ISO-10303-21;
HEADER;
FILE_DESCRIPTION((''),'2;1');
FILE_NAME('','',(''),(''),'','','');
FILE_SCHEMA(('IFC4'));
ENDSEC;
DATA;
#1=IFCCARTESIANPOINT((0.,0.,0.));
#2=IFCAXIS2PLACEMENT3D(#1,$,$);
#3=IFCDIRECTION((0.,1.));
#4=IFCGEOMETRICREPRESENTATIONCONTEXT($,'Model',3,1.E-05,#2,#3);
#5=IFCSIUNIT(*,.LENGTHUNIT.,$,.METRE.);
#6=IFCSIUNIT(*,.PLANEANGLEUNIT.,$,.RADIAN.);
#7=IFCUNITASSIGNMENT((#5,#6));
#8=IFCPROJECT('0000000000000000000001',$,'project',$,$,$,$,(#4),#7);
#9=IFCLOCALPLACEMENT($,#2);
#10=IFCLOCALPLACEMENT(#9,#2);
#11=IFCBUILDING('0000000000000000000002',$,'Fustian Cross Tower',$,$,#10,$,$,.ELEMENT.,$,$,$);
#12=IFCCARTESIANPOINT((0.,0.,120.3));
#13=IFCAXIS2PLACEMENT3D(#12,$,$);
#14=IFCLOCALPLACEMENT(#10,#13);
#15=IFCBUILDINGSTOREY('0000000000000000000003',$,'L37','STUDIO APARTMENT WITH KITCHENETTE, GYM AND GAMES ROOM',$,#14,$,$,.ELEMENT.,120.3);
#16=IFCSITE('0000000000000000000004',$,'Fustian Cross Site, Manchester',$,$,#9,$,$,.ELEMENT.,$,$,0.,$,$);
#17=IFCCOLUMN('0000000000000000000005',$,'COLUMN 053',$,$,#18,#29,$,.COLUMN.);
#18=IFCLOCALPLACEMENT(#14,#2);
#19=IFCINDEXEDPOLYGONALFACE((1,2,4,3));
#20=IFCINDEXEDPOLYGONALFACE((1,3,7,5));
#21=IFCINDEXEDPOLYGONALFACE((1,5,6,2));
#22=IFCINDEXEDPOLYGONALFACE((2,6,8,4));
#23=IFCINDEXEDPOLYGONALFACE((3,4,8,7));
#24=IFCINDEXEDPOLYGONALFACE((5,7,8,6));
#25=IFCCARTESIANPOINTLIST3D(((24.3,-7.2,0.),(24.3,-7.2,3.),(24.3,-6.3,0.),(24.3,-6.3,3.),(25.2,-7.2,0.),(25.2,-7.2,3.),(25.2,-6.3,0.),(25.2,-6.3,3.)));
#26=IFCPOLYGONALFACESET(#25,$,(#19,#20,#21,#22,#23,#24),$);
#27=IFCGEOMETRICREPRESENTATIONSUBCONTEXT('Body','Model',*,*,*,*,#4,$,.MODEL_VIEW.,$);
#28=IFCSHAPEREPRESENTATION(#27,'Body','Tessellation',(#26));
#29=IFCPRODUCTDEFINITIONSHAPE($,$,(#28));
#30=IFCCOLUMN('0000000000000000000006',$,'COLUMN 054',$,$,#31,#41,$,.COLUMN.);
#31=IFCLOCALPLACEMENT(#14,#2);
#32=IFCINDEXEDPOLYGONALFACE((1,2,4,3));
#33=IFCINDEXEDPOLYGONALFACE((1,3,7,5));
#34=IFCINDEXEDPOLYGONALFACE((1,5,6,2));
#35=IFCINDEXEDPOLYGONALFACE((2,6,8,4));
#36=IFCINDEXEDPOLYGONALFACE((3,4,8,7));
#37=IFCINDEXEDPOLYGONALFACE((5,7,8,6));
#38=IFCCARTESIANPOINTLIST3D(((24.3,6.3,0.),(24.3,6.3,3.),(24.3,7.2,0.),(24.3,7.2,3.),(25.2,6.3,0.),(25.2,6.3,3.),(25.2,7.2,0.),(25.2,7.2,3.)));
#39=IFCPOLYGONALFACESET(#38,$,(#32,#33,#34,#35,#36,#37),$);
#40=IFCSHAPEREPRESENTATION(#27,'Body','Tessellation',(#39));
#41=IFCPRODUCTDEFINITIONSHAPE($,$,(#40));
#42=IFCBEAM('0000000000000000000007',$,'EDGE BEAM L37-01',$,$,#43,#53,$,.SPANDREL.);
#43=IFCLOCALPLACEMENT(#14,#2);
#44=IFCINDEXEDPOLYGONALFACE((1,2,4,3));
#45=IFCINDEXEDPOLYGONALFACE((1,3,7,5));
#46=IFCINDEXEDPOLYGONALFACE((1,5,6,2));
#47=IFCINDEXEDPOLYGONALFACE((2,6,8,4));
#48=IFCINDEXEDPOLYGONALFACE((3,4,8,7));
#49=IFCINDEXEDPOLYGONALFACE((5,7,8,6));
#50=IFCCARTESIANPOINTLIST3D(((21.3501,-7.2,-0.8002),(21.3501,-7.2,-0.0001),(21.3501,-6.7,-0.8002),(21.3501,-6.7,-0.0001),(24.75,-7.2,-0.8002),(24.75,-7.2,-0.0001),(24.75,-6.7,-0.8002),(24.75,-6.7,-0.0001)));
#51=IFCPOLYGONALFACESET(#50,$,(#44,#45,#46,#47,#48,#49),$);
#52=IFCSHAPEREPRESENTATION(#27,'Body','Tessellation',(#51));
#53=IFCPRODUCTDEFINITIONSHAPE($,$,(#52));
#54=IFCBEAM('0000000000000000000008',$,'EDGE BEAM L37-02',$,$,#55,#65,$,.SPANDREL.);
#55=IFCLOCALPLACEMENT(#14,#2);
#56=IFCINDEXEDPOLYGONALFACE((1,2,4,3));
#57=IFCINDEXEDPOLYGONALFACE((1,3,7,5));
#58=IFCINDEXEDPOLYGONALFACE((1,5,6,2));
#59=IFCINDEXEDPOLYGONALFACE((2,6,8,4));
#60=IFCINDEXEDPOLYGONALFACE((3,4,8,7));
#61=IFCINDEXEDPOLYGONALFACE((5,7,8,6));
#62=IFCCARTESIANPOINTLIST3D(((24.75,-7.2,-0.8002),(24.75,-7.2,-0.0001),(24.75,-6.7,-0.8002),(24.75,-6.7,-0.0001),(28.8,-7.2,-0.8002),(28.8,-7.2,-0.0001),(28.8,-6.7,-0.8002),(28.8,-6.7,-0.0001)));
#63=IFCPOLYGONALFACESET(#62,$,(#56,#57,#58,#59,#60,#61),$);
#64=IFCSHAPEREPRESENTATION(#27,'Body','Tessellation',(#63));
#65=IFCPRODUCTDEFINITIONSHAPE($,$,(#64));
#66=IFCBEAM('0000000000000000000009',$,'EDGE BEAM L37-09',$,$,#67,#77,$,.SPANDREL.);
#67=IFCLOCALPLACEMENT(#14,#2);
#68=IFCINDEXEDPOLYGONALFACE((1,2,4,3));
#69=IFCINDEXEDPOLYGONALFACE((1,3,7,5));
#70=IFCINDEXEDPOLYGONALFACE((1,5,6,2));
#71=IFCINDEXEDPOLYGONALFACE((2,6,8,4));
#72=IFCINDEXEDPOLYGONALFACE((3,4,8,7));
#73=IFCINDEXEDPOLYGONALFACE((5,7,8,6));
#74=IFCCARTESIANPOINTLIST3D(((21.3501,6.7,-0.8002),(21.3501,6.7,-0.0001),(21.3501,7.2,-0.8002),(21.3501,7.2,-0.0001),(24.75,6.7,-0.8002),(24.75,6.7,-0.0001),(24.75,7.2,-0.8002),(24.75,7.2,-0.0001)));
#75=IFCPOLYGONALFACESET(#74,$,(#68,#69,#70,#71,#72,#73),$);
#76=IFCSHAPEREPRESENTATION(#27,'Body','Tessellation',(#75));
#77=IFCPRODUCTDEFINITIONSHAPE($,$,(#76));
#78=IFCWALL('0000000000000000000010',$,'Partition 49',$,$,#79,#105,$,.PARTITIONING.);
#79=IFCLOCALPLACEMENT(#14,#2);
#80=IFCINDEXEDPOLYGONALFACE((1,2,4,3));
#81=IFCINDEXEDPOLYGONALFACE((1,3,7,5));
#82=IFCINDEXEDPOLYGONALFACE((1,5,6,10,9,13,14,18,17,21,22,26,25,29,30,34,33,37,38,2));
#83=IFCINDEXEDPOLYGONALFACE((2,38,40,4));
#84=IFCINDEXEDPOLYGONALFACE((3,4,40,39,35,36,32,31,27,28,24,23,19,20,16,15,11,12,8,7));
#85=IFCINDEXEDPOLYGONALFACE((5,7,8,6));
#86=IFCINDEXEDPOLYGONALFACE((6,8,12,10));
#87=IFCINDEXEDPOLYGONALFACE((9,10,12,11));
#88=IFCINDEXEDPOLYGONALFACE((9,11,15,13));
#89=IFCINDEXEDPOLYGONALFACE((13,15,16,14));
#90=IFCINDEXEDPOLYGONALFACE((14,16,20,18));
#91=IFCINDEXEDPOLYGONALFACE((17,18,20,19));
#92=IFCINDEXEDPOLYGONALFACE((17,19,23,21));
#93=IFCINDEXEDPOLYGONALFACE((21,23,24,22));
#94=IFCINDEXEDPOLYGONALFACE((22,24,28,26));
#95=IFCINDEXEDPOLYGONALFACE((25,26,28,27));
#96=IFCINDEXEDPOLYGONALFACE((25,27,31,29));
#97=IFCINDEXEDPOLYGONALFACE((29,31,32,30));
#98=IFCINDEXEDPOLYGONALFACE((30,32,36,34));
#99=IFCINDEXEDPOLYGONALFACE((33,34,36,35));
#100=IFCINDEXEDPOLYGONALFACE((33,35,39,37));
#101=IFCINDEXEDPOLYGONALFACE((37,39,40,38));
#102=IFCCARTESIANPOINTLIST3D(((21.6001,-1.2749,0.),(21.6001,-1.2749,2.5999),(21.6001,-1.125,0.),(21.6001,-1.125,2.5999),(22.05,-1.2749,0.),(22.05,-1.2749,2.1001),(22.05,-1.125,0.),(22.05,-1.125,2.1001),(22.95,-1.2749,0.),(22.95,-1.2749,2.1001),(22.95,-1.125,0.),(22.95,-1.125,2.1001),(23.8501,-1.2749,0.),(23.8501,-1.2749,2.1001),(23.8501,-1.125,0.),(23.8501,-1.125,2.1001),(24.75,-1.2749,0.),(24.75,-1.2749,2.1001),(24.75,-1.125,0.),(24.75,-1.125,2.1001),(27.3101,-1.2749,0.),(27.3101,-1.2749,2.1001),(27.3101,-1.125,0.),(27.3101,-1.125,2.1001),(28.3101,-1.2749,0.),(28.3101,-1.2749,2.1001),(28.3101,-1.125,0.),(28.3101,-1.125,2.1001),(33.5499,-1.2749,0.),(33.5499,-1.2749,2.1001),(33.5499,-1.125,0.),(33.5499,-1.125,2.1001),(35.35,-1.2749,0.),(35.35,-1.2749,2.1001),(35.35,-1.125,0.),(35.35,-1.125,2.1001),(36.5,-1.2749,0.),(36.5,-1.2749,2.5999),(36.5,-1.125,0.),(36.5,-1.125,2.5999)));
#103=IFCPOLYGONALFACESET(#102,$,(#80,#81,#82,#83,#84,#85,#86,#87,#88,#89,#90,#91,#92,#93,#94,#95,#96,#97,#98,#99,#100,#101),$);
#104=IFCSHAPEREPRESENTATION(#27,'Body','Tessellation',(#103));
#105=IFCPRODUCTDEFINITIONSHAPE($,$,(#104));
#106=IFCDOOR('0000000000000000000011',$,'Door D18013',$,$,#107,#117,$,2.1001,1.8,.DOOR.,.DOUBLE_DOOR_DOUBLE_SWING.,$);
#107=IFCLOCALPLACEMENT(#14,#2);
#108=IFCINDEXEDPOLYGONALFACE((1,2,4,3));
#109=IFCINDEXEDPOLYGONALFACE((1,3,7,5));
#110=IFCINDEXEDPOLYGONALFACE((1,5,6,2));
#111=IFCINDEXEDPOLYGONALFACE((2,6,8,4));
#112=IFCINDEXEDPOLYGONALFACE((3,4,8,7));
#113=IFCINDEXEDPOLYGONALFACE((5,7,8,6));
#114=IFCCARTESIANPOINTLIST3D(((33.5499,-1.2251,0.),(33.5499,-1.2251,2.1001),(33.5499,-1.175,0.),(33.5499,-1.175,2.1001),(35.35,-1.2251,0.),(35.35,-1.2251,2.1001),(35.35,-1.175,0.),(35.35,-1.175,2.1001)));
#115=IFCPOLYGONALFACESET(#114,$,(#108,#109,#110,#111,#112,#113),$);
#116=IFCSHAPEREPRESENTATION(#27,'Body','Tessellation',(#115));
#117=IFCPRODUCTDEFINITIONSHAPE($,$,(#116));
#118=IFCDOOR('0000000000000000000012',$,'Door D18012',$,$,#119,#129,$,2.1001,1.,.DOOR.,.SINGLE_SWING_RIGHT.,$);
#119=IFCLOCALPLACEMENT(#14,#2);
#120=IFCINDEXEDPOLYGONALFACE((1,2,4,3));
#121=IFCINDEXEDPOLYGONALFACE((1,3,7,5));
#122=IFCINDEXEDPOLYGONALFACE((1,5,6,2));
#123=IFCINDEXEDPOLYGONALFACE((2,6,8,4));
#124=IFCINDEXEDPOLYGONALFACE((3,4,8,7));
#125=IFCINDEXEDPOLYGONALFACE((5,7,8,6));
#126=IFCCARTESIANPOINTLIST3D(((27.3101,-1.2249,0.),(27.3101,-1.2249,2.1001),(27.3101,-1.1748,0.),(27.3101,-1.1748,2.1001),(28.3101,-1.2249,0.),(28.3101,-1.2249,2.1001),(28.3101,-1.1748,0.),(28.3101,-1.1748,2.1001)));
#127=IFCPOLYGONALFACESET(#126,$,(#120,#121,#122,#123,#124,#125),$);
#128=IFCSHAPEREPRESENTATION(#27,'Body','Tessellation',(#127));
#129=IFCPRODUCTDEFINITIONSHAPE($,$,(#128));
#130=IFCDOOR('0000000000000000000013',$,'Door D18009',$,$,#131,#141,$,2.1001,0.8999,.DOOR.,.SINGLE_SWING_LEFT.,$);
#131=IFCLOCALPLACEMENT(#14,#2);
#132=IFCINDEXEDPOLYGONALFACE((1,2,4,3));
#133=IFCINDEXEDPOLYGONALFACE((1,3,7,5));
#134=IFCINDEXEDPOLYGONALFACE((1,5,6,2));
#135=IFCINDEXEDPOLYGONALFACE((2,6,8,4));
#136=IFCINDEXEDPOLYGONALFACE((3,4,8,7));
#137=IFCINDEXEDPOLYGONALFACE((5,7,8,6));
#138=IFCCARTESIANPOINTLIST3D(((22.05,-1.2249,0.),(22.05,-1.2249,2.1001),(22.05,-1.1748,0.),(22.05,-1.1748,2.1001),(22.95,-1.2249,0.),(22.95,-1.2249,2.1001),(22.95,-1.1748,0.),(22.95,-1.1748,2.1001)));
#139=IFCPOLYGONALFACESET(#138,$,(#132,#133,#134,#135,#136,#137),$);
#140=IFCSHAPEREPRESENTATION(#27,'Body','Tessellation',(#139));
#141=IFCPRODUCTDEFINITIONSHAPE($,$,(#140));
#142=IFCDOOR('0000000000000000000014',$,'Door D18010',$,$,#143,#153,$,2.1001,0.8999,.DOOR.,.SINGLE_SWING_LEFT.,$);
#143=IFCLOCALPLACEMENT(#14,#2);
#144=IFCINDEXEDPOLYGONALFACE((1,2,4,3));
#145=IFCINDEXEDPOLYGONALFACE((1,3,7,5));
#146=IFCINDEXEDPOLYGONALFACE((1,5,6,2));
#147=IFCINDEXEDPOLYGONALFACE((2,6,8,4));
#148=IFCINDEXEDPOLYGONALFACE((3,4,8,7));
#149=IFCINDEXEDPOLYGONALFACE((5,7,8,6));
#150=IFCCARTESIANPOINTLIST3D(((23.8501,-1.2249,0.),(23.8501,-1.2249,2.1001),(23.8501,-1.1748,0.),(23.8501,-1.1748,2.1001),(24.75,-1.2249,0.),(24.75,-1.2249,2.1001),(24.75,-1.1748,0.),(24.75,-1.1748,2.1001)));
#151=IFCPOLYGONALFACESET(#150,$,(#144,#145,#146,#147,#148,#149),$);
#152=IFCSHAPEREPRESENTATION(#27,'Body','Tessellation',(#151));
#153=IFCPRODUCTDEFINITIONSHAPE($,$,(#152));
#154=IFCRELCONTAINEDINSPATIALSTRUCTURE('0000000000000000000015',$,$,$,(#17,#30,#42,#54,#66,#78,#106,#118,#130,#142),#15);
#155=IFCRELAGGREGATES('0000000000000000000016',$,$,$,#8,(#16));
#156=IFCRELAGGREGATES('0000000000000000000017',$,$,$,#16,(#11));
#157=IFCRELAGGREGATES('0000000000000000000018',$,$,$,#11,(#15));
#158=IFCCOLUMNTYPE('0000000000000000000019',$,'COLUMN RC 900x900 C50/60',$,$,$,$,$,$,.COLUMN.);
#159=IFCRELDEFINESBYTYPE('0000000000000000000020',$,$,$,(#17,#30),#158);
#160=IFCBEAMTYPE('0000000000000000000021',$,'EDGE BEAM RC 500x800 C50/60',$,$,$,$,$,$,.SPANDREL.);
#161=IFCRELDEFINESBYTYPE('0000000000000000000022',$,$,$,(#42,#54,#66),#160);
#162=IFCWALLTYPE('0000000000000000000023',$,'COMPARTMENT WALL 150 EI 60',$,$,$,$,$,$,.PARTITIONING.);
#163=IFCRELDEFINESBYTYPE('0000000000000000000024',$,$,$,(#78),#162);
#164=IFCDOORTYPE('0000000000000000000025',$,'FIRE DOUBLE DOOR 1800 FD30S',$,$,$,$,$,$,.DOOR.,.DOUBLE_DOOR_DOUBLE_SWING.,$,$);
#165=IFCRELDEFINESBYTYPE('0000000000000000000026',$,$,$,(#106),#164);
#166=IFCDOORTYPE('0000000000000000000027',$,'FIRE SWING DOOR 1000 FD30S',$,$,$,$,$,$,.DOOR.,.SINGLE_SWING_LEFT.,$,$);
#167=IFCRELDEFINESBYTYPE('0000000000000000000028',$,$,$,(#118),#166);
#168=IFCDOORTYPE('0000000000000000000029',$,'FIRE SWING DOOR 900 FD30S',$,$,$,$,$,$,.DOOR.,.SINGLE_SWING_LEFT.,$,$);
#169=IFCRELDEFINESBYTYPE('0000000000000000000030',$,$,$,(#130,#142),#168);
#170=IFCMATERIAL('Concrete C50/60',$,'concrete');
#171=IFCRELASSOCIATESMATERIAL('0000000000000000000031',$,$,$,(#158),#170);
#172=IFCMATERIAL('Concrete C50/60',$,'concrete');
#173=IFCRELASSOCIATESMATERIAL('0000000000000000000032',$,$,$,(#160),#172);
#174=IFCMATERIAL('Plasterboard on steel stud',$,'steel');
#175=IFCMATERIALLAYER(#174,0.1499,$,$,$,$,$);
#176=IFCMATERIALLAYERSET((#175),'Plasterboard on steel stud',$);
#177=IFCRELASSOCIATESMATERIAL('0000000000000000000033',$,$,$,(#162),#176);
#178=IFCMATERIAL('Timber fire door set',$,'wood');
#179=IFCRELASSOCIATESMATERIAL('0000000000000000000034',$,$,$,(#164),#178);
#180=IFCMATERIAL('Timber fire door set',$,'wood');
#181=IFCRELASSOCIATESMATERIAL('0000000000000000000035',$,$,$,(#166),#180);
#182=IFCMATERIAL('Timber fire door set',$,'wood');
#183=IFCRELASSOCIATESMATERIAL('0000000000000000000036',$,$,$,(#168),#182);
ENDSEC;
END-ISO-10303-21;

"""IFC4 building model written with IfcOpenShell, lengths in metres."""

from ifc_helpers import new_model, si_unit, direction, frame, frame_2d, origin, origin_2d, place, context, subcontext, project, spatial, rectangle, extrude, material, layer, layer_set, material_profile, profile_set, type_object, element, fill, save


model = new_model("IFC4")

# Units and contexts
model_context = context("Model", 3, precision=1e-05, world=origin(), true_north=direction((0.0, 1.0)))
body_context = subcontext(model_context, "Body", "Model", "MODEL_VIEW")
ifc_project = project(units=[si_unit("LENGTHUNIT", "METRE"), si_unit("PLANEANGLEUNIT", "RADIAN")], contexts=[model_context])

# Site, building, storey
site_placement = place(None, origin())
site = spatial("IfcSite", under=ifc_project, at=site_placement, Name="Fustian Cross Site, Manchester", CompositionType="ELEMENT", RefElevation=0.0)
building_placement = place(site_placement, origin())
building = spatial("IfcBuilding", under=site, at=building_placement, Name="Fustian Cross Tower", CompositionType="ELEMENT")
storey_placement = place(building_placement, frame((0.0, 0.0, 120.3)))
storey = spatial("IfcBuildingStorey", under=building, at=storey_placement, Name="L37", Description="STUDIO APARTMENT WITH KITCHENETTE, GYM AND GAMES ROOM", CompositionType="ELEMENT", Elevation=120.3)

# Columns
ifc_material_1 = material(Name="Concrete C50/60", Category="concrete")
ifc_material_profile_1 = material_profile(ifc_material_1, rectangle(XDim=0.8999, YDim=0.8999, at=origin_2d()), Name="RC 900x900")
ifc_profile_set_1 = profile_set([ifc_material_profile_1], Name="Concrete C50/60")
column_type = type_object("IfcColumnType", Name="COLUMN RC 900x900 C50/60", PredefinedType="COLUMN", material=ifc_profile_set_1)
for number, where, z_axis, x_axis, name in (
    (1, (24.75, -6.75, 0.0), (0.0, 0.0, 1.0), (1.0, 0.0, 0.0), "COLUMN 053"),
    (2, (24.75, 6.75, 0.0), (0.0, 0.0, 1.0), (1.0, 0.0, 0.0), "COLUMN 054"),
):
    element("IfcColumn", number, at=place(storey_placement, frame(where, z_axis=z_axis, x_axis=x_axis)), inside=storey, type_object=column_type, Name=name, PredefinedType="COLUMN", context=body_context, shape_type="SweptSolid", body=[
        extrude(rectangle(XDim=0.8999, YDim=0.8999, at=origin_2d()), origin(), (0.0, 0.0, 1.0), 3.0),
    ])

# Beams
ifc_material_2 = material(Name="Concrete C50/60", Category="concrete")
ifc_material_profile_2 = material_profile(ifc_material_2, rectangle(XDim=0.5, YDim=0.8, at=origin_2d()), Name="RC 500x800")
ifc_profile_set_2 = profile_set([ifc_material_profile_2], Name="Concrete C50/60")
beam_type = type_object("IfcBeamType", Name="EDGE BEAM RC 500x800 C50/60", PredefinedType="SPANDREL", material=ifc_profile_set_2)
beam_1_placement = place(storey_placement, frame((21.3501, -6.95, -0.4001), z_axis=(1.0, 0.0, 0.0), x_axis=(0.0, 1.0, 0.0)))
element("IfcBeam", 3, at=beam_1_placement, inside=storey, type_object=beam_type, Name="EDGE BEAM L37-01", PredefinedType="SPANDREL", context=body_context, shape_type="SweptSolid", body=[
    extrude(rectangle(XDim=0.5, YDim=0.8, at=origin_2d()), origin(), (0.0, 0.0, 1.0), 3.3999),
])
beam_2_placement = place(storey_placement, frame((24.75, -6.95, -0.4001), z_axis=(1.0, 0.0, 0.0), x_axis=(0.0, 1.0, 0.0)))
element("IfcBeam", 4, at=beam_2_placement, inside=storey, type_object=beam_type, Name="EDGE BEAM L37-02", PredefinedType="SPANDREL", context=body_context, shape_type="SweptSolid", body=[
    extrude(rectangle(XDim=0.5, YDim=0.8, at=origin_2d()), origin(), (0.0, 0.0, 1.0), 4.05),
])
beam_3_placement = place(storey_placement, frame((24.75, 6.95, -0.4001), z_axis=(-1.0, 0.0, 0.0), x_axis=(0.0, -1.0, 0.0)))
element("IfcBeam", 5, at=beam_3_placement, inside=storey, type_object=beam_type, Name="EDGE BEAM L37-09", PredefinedType="SPANDREL", context=body_context, shape_type="SweptSolid", body=[
    extrude(rectangle(XDim=0.5, YDim=0.8, at=origin_2d()), origin(), (0.0, 0.0, 1.0), 3.3999),
])

# Wall, openings, doors
ifc_material_3 = material(Name="Plasterboard on steel stud", Category="steel")
ifc_layer_1 = layer(ifc_material_3, 0.1499)
ifc_layer_set_1 = layer_set([ifc_layer_1], Name="Plasterboard on steel stud")
wall_type_1 = type_object("IfcWallType", Name="COMPARTMENT WALL 150 EI 60", PredefinedType="PARTITIONING", material=ifc_layer_set_1)
wall_1_placement = place(storey_placement, frame((21.6001, -1.2, 0.0), z_axis=(0.0, 0.0, 1.0), x_axis=(1.0, 0.0, 0.0)))
wall_1 = element("IfcWall", 6, at=wall_1_placement, inside=storey, type_object=wall_type_1, Name="Partition 49", PredefinedType="PARTITIONING", context=body_context, shape_type="SweptSolid", body=[
    extrude(rectangle(XDim=14.8999, YDim=0.1499, at=frame_2d((7.45, 0.0))), origin(), (0.0, 0.0, 1.0), 2.5999),
])
opening_1_placement = place(wall_1_placement, frame((0.45, 0.0, 0.0)))
opening_1 = element("IfcOpeningElement", 7, at=opening_1_placement, cuts=wall_1, PredefinedType="OPENING", context=body_context, shape_type="SweptSolid", body=[
    extrude(rectangle(XDim=0.8999, YDim=2.1001, at=frame_2d((0.45, 1.05))), frame((0.0, 0.085, 0.0), z_axis=(0.0, -1.0, 0.0), x_axis=(1.0, 0.0, 0.0)), (0.0, 0.0, 1.0), 0.1699),
])
opening_2_placement = place(wall_1_placement, frame((2.25, 0.0, 0.0)))
opening_2 = element("IfcOpeningElement", 8, at=opening_2_placement, cuts=wall_1, PredefinedType="OPENING", context=body_context, shape_type="SweptSolid", body=[
    extrude(rectangle(XDim=0.8999, YDim=2.1001, at=frame_2d((0.45, 1.05))), frame((0.0, 0.085, 0.0), z_axis=(0.0, -1.0, 0.0), x_axis=(1.0, 0.0, 0.0)), (0.0, 0.0, 1.0), 0.1699),
])
opening_3_placement = place(wall_1_placement, frame((5.71, 0.0, 0.0)))
opening_3 = element("IfcOpeningElement", 9, at=opening_3_placement, cuts=wall_1, PredefinedType="OPENING", context=body_context, shape_type="SweptSolid", body=[
    extrude(rectangle(XDim=1.0, YDim=2.1001, at=frame_2d((0.5, 1.05))), frame((0.0, 0.085, 0.0), z_axis=(0.0, -1.0, 0.0), x_axis=(1.0, 0.0, 0.0)), (0.0, 0.0, 1.0), 0.1699),
])
opening_4_placement = place(wall_1_placement, frame((11.95, 0.0, 0.0)))
opening_4 = element("IfcOpeningElement", 10, at=opening_4_placement, cuts=wall_1, PredefinedType="OPENING", context=body_context, shape_type="SweptSolid", body=[
    extrude(rectangle(XDim=1.8, YDim=2.1001, at=frame_2d((0.8999, 1.05))), frame((0.0, 0.085, 0.0), z_axis=(0.0, -1.0, 0.0), x_axis=(1.0, 0.0, 0.0)), (0.0, 0.0, 1.0), 0.1699),
])
ifc_material_4 = material(Name="Timber fire door set", Category="wood")
door_type_1 = type_object("IfcDoorType", Name="FIRE DOUBLE DOOR 1800 FD30S", OperationType="DOUBLE_DOOR_DOUBLE_SWING", PredefinedType="DOOR", material=ifc_material_4)
door_1_placement = place(opening_4_placement, origin())
door_1 = element("IfcDoor", 11, at=door_1_placement, inside=storey, type_object=door_type_1, Name="Door D18013", OperationType="DOUBLE_DOOR_DOUBLE_SWING", OverallHeight=2.1001, OverallWidth=1.8, PredefinedType="DOOR", context=body_context, shape_type="SweptSolid", body=[
    extrude(rectangle(XDim=1.8, YDim=2.1001, at=frame_2d((0.8999, 1.05))), frame((0.0, 0.0249, 0.0), z_axis=(0.0, -1.0, 0.0), x_axis=(1.0, 0.0, 0.0)), (0.0, 0.0, 1.0), 0.05),
])
fill(opening_4, door_1)
ifc_material_5 = material(Name="Timber fire door set", Category="wood")
door_type_2 = type_object("IfcDoorType", Name="FIRE SWING DOOR 1000 FD30S", OperationType="SINGLE_SWING_LEFT", PredefinedType="DOOR", material=ifc_material_5)
door_2_placement = place(opening_3_placement, frame((1.0, 0.0, 0.0), z_axis=(0.0, 0.0, 1.0), x_axis=(-1.0, 0.0, 0.0)))
door_2 = element("IfcDoor", 12, at=door_2_placement, inside=storey, type_object=door_type_2, Name="Door D18012", OperationType="SINGLE_SWING_RIGHT", OverallHeight=2.1001, OverallWidth=1.0, PredefinedType="DOOR", context=body_context, shape_type="SweptSolid", body=[
    extrude(rectangle(XDim=1.0, YDim=2.1001, at=frame_2d((0.5, 1.05))), frame((0.0, 0.0249, 0.0), z_axis=(0.0, -1.0, 0.0), x_axis=(1.0, 0.0, 0.0)), (0.0, 0.0, 1.0), 0.05),
])
fill(opening_3, door_2)
ifc_material_6 = material(Name="Timber fire door set", Category="wood")
door_type_3 = type_object("IfcDoorType", Name="FIRE SWING DOOR 900 FD30S", OperationType="SINGLE_SWING_LEFT", PredefinedType="DOOR", material=ifc_material_6)
door_3_placement = place(opening_1_placement, frame((0.8999, 0.0, 0.0), z_axis=(0.0, 0.0, 1.0), x_axis=(-1.0, 0.0, 0.0)))
door_3 = element("IfcDoor", 13, at=door_3_placement, inside=storey, type_object=door_type_3, Name="Door D18009", OperationType="SINGLE_SWING_LEFT", OverallHeight=2.1001, OverallWidth=0.8999, PredefinedType="DOOR", context=body_context, shape_type="SweptSolid", body=[
    extrude(rectangle(XDim=0.8999, YDim=2.1001, at=frame_2d((0.45, 1.05))), frame((0.0, 0.0249, 0.0), z_axis=(0.0, -1.0, 0.0), x_axis=(1.0, 0.0, 0.0)), (0.0, 0.0, 1.0), 0.05),
])
fill(opening_1, door_3)
door_4_placement = place(opening_2_placement, frame((0.8999, 0.0, 0.0), z_axis=(0.0, 0.0, 1.0), x_axis=(-1.0, 0.0, 0.0)))
door_4 = element("IfcDoor", 14, at=door_4_placement, inside=storey, type_object=door_type_3, Name="Door D18010", OperationType="SINGLE_SWING_LEFT", OverallHeight=2.1001, OverallWidth=0.8999, PredefinedType="DOOR", context=body_context, shape_type="SweptSolid", body=[
    extrude(rectangle(XDim=0.8999, YDim=2.1001, at=frame_2d((0.45, 1.05))), frame((0.0, 0.0249, 0.0), z_axis=(0.0, -1.0, 0.0), x_axis=(1.0, 0.0, 0.0)), (0.0, 0.0, 1.0), 0.05),
])
fill(opening_2, door_4)

save(model, "model.ifc")
